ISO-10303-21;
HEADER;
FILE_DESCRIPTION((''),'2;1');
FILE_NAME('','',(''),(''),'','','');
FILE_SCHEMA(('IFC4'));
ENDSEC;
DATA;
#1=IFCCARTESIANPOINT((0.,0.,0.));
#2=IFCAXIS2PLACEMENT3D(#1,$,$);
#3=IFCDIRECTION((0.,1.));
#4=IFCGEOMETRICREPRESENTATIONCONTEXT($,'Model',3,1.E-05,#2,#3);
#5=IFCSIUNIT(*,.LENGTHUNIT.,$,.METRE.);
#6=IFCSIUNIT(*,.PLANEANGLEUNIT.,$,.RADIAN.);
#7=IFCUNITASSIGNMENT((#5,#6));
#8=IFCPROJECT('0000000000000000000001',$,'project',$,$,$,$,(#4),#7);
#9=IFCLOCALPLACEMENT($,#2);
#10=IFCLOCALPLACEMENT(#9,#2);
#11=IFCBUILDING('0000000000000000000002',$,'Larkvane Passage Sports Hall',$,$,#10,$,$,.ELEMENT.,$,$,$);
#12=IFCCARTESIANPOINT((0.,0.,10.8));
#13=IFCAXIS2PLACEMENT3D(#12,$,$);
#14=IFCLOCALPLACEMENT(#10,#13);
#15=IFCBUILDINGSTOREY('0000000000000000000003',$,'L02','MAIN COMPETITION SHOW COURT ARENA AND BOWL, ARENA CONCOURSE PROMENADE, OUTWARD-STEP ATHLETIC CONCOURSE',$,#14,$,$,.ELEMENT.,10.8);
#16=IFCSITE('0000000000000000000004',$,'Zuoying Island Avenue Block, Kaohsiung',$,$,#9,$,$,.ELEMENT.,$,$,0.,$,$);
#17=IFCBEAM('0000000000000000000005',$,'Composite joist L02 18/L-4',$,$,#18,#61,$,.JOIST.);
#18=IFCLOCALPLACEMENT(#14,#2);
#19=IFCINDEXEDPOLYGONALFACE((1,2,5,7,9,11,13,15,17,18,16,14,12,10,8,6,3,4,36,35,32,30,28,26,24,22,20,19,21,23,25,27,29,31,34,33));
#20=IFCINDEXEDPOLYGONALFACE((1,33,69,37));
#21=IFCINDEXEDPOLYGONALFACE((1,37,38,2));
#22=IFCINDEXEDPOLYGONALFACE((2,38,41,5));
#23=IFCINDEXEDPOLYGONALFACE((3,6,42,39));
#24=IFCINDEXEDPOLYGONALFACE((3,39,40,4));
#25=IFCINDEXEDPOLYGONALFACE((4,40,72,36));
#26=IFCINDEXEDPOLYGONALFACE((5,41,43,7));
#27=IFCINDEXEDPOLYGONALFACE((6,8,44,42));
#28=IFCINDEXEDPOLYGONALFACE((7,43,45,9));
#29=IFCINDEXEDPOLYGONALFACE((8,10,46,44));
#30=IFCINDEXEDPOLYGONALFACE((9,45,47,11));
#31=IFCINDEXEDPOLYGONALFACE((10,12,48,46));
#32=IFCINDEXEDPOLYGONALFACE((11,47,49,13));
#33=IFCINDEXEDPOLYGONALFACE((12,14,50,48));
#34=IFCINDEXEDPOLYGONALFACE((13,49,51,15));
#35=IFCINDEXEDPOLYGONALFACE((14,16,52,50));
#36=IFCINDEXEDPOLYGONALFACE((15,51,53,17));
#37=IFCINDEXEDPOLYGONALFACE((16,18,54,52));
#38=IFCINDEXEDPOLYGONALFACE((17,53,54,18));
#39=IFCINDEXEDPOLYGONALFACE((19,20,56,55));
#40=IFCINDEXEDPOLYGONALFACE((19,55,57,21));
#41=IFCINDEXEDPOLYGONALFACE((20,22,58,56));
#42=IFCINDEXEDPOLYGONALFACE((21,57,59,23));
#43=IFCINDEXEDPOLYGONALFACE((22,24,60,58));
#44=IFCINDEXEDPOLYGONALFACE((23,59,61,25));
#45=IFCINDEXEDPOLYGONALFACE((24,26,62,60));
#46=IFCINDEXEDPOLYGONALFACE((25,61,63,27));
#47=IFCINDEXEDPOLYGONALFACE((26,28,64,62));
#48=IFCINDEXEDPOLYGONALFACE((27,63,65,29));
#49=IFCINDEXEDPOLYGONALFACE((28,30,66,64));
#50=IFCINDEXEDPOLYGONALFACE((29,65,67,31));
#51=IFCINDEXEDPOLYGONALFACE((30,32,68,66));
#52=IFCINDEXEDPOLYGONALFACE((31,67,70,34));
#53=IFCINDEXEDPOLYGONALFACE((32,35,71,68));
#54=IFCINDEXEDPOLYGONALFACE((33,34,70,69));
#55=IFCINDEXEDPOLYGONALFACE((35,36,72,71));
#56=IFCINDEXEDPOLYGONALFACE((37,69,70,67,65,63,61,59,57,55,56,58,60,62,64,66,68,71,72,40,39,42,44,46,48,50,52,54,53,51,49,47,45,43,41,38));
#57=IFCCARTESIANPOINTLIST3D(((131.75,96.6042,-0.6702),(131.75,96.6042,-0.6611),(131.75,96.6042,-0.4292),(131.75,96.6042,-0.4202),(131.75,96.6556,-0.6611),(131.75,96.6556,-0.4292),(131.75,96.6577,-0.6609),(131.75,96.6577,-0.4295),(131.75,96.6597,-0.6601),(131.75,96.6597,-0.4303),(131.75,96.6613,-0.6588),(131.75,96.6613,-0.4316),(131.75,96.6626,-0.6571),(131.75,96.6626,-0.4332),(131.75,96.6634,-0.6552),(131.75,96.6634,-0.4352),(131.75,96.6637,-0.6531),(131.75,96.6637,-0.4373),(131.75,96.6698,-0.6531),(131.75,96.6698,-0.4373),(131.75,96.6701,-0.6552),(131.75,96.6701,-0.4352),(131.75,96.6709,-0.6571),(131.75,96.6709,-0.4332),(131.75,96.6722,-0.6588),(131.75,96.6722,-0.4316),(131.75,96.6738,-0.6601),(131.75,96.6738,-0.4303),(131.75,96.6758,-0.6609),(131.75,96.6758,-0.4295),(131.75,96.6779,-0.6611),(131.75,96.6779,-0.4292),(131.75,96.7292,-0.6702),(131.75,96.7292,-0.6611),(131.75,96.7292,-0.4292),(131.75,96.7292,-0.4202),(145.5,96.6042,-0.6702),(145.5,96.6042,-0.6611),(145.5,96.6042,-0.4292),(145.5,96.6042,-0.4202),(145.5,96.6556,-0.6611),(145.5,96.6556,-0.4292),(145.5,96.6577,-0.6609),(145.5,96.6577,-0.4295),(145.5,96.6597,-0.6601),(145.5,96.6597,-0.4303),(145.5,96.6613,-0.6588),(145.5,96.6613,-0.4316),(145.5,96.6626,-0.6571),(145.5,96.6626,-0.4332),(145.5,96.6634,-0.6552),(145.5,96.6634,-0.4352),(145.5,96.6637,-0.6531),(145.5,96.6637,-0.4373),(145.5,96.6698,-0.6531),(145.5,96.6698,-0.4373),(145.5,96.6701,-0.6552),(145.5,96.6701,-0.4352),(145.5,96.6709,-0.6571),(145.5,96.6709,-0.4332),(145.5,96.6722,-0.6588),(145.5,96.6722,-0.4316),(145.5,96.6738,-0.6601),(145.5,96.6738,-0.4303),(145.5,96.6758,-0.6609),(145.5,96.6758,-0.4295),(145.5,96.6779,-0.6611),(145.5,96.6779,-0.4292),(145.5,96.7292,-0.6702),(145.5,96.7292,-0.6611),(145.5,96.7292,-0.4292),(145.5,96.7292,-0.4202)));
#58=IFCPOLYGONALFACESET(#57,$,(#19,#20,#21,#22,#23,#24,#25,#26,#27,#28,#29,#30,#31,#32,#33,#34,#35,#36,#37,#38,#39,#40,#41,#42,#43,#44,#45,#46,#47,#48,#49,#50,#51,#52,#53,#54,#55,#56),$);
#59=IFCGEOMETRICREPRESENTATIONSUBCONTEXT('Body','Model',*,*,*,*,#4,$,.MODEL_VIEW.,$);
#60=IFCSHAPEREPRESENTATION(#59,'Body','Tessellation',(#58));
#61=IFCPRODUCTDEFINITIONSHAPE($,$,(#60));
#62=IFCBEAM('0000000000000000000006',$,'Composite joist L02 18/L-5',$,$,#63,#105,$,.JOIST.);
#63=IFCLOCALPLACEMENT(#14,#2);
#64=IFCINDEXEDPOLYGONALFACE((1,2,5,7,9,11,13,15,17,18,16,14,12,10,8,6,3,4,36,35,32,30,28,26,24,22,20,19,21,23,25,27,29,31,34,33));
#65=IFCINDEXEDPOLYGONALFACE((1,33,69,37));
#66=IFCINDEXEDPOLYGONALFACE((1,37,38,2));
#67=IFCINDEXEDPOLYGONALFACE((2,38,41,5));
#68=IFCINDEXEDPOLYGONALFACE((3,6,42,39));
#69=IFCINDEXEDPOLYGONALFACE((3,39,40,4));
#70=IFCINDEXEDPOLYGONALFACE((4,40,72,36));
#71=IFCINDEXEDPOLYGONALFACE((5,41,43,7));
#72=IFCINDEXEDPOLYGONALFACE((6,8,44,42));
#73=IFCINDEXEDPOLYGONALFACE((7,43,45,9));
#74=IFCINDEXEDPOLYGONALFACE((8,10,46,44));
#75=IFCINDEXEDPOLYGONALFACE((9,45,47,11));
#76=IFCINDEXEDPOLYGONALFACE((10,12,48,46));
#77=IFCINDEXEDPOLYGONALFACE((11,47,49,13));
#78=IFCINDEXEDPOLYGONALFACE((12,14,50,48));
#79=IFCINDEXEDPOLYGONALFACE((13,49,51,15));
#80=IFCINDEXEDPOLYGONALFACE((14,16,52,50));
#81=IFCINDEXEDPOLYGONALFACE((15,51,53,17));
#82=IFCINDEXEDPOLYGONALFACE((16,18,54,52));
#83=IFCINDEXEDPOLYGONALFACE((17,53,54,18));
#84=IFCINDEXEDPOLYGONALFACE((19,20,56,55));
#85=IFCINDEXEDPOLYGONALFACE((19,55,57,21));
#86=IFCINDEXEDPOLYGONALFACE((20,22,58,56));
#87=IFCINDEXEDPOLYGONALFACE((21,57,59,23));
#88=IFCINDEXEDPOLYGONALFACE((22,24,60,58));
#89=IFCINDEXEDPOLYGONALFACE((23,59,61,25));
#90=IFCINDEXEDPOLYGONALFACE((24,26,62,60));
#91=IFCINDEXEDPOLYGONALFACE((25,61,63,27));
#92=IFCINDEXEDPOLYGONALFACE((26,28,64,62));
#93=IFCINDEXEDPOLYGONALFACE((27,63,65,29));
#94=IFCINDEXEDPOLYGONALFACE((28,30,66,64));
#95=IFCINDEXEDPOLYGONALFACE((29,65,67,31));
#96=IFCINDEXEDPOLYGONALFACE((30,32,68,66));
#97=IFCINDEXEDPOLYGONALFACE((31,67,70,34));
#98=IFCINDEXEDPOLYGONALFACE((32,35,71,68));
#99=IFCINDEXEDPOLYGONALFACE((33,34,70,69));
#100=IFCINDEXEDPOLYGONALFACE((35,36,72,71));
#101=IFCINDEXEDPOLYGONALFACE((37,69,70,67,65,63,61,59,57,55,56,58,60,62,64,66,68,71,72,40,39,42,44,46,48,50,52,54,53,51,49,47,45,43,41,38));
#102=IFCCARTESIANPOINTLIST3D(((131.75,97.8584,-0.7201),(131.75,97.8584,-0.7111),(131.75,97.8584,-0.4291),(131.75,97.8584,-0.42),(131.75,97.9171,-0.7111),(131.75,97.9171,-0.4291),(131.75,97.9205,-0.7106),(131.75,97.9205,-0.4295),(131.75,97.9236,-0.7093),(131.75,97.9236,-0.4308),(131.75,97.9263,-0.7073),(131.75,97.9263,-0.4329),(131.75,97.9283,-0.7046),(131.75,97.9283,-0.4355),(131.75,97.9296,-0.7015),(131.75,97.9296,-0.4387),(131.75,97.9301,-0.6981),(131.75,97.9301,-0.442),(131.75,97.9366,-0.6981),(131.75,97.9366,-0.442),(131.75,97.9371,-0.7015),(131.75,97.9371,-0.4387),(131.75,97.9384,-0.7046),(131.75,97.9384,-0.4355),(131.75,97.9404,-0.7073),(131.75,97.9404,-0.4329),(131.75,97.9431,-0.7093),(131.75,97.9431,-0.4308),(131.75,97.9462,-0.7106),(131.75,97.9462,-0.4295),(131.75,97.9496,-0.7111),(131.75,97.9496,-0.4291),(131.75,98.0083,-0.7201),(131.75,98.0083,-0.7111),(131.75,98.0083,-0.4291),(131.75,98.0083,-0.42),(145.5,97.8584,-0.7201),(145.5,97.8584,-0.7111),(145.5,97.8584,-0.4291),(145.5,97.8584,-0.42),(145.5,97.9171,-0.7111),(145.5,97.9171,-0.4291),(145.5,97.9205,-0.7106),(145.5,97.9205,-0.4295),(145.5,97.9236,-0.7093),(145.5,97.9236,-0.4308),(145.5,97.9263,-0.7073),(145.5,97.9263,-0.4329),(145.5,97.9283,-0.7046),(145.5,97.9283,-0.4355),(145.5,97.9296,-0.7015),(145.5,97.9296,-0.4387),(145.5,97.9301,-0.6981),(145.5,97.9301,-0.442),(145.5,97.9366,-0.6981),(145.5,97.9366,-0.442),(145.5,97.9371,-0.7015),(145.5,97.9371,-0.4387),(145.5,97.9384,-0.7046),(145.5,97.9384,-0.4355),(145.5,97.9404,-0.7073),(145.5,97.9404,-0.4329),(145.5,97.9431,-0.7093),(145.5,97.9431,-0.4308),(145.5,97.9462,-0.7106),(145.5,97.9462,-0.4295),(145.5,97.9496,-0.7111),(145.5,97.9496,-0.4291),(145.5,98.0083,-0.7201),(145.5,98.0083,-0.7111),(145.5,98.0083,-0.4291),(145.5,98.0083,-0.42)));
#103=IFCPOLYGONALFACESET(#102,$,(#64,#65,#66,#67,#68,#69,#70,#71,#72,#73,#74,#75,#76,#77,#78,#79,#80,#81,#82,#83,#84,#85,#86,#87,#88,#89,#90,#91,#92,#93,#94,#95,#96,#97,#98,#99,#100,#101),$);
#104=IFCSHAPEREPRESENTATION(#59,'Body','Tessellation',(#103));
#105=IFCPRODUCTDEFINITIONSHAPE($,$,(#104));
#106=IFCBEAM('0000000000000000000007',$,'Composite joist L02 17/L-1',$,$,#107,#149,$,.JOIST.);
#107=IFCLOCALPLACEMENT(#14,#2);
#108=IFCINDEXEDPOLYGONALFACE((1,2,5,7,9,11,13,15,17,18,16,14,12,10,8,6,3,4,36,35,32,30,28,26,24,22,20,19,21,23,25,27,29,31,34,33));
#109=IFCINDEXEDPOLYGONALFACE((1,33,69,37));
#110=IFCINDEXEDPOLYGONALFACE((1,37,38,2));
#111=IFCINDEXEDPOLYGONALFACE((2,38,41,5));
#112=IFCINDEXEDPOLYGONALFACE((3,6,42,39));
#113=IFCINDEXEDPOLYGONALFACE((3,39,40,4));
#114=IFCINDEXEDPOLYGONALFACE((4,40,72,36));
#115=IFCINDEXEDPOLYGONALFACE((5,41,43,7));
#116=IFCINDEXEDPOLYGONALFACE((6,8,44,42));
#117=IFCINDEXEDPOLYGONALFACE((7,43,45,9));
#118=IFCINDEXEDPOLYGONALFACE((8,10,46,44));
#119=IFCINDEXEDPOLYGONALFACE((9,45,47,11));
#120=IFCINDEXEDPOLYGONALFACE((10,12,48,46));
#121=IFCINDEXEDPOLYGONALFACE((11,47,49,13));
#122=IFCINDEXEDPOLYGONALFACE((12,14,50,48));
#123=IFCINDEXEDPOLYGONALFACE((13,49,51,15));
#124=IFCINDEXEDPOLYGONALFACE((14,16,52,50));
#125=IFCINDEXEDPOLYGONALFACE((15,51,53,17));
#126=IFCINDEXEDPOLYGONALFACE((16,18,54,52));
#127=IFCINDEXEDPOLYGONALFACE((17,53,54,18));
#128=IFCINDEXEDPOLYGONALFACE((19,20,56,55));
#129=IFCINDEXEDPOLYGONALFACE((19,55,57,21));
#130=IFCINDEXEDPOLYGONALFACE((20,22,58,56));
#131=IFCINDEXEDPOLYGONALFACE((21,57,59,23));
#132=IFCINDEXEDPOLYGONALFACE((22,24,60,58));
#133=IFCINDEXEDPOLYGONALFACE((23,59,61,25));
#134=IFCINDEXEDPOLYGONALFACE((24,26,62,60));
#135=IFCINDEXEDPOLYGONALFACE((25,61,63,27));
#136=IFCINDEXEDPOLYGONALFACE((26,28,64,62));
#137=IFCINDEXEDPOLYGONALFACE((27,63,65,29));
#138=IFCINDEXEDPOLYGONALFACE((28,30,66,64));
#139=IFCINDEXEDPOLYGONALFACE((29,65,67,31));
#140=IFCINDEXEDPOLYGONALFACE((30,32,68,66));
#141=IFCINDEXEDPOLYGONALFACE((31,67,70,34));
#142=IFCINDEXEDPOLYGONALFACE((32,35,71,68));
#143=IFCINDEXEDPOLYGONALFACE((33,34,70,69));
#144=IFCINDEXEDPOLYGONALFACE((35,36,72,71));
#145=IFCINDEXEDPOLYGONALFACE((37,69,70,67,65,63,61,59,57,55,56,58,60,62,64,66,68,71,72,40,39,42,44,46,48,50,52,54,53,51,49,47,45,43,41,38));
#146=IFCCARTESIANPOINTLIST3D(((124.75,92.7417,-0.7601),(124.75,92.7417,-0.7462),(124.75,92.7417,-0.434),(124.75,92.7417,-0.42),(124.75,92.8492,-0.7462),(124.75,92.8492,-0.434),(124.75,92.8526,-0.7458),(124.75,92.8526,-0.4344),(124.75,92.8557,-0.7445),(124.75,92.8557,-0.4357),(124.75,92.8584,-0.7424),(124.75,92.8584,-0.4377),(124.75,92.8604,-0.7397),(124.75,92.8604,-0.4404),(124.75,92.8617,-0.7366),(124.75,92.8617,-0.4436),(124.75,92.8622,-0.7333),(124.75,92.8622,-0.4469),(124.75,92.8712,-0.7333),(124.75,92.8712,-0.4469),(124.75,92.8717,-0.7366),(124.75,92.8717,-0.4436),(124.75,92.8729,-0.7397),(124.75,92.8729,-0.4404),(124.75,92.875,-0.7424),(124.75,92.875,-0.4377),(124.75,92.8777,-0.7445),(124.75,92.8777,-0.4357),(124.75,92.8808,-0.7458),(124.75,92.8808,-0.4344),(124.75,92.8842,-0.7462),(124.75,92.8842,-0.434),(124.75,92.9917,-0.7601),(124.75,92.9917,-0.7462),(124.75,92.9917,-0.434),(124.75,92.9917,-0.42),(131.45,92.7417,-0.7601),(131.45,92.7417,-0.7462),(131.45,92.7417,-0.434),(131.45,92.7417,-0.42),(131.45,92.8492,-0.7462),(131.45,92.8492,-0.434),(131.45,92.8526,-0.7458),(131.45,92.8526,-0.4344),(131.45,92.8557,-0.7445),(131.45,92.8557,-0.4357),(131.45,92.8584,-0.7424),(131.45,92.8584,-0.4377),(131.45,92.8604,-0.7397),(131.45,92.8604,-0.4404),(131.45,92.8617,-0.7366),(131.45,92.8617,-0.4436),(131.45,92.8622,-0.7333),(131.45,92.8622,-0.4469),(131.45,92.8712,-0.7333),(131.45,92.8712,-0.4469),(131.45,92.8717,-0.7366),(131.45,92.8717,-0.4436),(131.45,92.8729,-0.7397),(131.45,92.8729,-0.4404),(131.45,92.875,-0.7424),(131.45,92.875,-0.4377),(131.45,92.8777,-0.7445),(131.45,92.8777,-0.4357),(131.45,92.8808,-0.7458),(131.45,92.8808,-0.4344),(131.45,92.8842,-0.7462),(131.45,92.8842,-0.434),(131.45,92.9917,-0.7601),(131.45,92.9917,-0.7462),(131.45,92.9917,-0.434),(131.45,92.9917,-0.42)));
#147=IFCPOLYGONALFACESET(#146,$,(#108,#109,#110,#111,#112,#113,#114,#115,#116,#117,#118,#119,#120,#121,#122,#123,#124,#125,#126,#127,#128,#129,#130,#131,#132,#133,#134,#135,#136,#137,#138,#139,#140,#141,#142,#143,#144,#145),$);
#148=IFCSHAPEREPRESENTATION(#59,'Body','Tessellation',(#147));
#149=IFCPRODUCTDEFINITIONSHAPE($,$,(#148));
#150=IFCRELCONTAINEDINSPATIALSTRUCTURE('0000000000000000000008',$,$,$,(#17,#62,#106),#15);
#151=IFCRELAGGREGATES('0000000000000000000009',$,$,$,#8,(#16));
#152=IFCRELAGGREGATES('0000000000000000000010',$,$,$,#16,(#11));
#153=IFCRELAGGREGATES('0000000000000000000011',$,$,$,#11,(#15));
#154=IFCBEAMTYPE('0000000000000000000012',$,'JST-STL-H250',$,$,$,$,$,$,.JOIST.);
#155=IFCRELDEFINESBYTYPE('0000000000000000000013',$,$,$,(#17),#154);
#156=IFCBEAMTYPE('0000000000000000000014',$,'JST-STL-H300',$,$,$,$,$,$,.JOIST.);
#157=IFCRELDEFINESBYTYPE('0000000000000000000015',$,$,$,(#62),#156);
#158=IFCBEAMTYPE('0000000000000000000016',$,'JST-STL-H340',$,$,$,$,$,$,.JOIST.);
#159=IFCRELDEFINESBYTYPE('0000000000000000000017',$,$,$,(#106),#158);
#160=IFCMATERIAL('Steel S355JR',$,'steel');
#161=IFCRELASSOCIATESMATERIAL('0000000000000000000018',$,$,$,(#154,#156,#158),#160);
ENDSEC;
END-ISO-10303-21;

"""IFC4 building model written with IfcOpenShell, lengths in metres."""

from ifc_helpers import new_model, si_unit, direction, frame, origin, origin_2d, place, context, subcontext, project, spatial, i_section, extrude, material, material_profile, profile_set, type_object, element, save


model = new_model("IFC4")

# Units and contexts
model_context = context("Model", 3, precision=1e-05, world=origin(), true_north=direction((0.0, 1.0)))
body_context = subcontext(model_context, "Body", "Model", "MODEL_VIEW")
ifc_project = project(units=[si_unit("LENGTHUNIT", "METRE"), si_unit("PLANEANGLEUNIT", "RADIAN")], contexts=[model_context])

# Site, building, storey
site_placement = place(None, origin())
site = spatial("IfcSite", under=ifc_project, at=site_placement, Name="Zuoying Island Avenue Block, Kaohsiung", CompositionType="ELEMENT", RefElevation=0.0)
building_placement = place(site_placement, origin())
building = spatial("IfcBuilding", under=site, at=building_placement, Name="Larkvane Passage Sports Hall", CompositionType="ELEMENT")
storey_placement = place(building_placement, frame((0.0, 0.0, 10.8)))
storey = spatial("IfcBuildingStorey", under=building, at=storey_placement, Name="L02", Description="MAIN COMPETITION SHOW COURT ARENA AND BOWL, ARENA CONCOURSE PROMENADE, OUTWARD-STEP ATHLETIC CONCOURSE", CompositionType="ELEMENT", Elevation=10.8)

# Shared definitions
ifc_material_1 = material(Name="Steel S355JR", Category="steel")

# Beams
ifc_material_profile_1 = material_profile(ifc_material_1, i_section(OverallWidth=0.125, OverallDepth=0.25, WebThickness=0.0061, FlangeThickness=0.009, FilletRadius=0.0081, at=origin_2d()), Name="H-250x125x6x9")
ifc_profile_set_1 = profile_set([ifc_material_profile_1], Name="Steel S355JR")
beam_type_1 = type_object("IfcBeamType", Name="JST-STL-H250", PredefinedType="JOIST", material=ifc_profile_set_1)
beam_1_placement = place(storey_placement, frame((131.75, 96.6667, -0.5452), z_axis=(1.0, 0.0, 0.0), x_axis=(0.0, 1.0, 0.0)))
element("IfcBeam", 1, at=beam_1_placement, inside=storey, type_object=beam_type_1, Name="Composite joist L02 18/L-4", PredefinedType="JOIST", context=body_context, shape_type="SweptSolid", body=[
    extrude(i_section(OverallWidth=0.125, OverallDepth=0.25, WebThickness=0.0061, FlangeThickness=0.009, FilletRadius=0.0081, at=origin_2d()), origin(), (0.0, 0.0, 1.0), 13.75),
])
ifc_material_profile_2 = material_profile(ifc_material_1, i_section(OverallWidth=0.1499, OverallDepth=0.3, WebThickness=0.0066, FlangeThickness=0.009, FilletRadius=0.0129, at=origin_2d()), Name="H-300x150x6.5x9")
ifc_profile_set_2 = profile_set([ifc_material_profile_2], Name="Steel S355JR")
beam_type_2 = type_object("IfcBeamType", Name="JST-STL-H300", PredefinedType="JOIST", material=ifc_profile_set_2)
beam_2_placement = place(storey_placement, frame((131.75, 97.9333, -0.5701), z_axis=(1.0, 0.0, 0.0), x_axis=(0.0, 1.0, 0.0)))
element("IfcBeam", 2, at=beam_2_placement, inside=storey, type_object=beam_type_2, Name="Composite joist L02 18/L-5", PredefinedType="JOIST", context=body_context, shape_type="SweptSolid", body=[
    extrude(i_section(OverallWidth=0.1499, OverallDepth=0.3, WebThickness=0.0066, FlangeThickness=0.009, FilletRadius=0.0129, at=origin_2d()), origin(), (0.0, 0.0, 1.0), 13.75),
])
ifc_material_profile_3 = material_profile(ifc_material_1, i_section(OverallWidth=0.25, OverallDepth=0.3401, WebThickness=0.009, FlangeThickness=0.0139, FilletRadius=0.0129, at=origin_2d()), Name="H-340x250x9x14")
ifc_profile_set_3 = profile_set([ifc_material_profile_3], Name="Steel S355JR")
beam_type_3 = type_object("IfcBeamType", Name="JST-STL-H340", PredefinedType="JOIST", material=ifc_profile_set_3)
beam_3_placement = place(storey_placement, frame((124.75, 92.8667, -0.5901), z_axis=(1.0, 0.0, 0.0), x_axis=(0.0, 1.0, 0.0)))
element("IfcBeam", 3, at=beam_3_placement, inside=storey, type_object=beam_type_3, Name="Composite joist L02 17/L-1", PredefinedType="JOIST", context=body_context, shape_type="SweptSolid", body=[
    extrude(i_section(OverallWidth=0.25, OverallDepth=0.3401, WebThickness=0.009, FlangeThickness=0.0139, FilletRadius=0.0129, at=origin_2d()), origin(), (0.0, 0.0, 1.0), 6.7),
])

save(model, "model.ifc")
